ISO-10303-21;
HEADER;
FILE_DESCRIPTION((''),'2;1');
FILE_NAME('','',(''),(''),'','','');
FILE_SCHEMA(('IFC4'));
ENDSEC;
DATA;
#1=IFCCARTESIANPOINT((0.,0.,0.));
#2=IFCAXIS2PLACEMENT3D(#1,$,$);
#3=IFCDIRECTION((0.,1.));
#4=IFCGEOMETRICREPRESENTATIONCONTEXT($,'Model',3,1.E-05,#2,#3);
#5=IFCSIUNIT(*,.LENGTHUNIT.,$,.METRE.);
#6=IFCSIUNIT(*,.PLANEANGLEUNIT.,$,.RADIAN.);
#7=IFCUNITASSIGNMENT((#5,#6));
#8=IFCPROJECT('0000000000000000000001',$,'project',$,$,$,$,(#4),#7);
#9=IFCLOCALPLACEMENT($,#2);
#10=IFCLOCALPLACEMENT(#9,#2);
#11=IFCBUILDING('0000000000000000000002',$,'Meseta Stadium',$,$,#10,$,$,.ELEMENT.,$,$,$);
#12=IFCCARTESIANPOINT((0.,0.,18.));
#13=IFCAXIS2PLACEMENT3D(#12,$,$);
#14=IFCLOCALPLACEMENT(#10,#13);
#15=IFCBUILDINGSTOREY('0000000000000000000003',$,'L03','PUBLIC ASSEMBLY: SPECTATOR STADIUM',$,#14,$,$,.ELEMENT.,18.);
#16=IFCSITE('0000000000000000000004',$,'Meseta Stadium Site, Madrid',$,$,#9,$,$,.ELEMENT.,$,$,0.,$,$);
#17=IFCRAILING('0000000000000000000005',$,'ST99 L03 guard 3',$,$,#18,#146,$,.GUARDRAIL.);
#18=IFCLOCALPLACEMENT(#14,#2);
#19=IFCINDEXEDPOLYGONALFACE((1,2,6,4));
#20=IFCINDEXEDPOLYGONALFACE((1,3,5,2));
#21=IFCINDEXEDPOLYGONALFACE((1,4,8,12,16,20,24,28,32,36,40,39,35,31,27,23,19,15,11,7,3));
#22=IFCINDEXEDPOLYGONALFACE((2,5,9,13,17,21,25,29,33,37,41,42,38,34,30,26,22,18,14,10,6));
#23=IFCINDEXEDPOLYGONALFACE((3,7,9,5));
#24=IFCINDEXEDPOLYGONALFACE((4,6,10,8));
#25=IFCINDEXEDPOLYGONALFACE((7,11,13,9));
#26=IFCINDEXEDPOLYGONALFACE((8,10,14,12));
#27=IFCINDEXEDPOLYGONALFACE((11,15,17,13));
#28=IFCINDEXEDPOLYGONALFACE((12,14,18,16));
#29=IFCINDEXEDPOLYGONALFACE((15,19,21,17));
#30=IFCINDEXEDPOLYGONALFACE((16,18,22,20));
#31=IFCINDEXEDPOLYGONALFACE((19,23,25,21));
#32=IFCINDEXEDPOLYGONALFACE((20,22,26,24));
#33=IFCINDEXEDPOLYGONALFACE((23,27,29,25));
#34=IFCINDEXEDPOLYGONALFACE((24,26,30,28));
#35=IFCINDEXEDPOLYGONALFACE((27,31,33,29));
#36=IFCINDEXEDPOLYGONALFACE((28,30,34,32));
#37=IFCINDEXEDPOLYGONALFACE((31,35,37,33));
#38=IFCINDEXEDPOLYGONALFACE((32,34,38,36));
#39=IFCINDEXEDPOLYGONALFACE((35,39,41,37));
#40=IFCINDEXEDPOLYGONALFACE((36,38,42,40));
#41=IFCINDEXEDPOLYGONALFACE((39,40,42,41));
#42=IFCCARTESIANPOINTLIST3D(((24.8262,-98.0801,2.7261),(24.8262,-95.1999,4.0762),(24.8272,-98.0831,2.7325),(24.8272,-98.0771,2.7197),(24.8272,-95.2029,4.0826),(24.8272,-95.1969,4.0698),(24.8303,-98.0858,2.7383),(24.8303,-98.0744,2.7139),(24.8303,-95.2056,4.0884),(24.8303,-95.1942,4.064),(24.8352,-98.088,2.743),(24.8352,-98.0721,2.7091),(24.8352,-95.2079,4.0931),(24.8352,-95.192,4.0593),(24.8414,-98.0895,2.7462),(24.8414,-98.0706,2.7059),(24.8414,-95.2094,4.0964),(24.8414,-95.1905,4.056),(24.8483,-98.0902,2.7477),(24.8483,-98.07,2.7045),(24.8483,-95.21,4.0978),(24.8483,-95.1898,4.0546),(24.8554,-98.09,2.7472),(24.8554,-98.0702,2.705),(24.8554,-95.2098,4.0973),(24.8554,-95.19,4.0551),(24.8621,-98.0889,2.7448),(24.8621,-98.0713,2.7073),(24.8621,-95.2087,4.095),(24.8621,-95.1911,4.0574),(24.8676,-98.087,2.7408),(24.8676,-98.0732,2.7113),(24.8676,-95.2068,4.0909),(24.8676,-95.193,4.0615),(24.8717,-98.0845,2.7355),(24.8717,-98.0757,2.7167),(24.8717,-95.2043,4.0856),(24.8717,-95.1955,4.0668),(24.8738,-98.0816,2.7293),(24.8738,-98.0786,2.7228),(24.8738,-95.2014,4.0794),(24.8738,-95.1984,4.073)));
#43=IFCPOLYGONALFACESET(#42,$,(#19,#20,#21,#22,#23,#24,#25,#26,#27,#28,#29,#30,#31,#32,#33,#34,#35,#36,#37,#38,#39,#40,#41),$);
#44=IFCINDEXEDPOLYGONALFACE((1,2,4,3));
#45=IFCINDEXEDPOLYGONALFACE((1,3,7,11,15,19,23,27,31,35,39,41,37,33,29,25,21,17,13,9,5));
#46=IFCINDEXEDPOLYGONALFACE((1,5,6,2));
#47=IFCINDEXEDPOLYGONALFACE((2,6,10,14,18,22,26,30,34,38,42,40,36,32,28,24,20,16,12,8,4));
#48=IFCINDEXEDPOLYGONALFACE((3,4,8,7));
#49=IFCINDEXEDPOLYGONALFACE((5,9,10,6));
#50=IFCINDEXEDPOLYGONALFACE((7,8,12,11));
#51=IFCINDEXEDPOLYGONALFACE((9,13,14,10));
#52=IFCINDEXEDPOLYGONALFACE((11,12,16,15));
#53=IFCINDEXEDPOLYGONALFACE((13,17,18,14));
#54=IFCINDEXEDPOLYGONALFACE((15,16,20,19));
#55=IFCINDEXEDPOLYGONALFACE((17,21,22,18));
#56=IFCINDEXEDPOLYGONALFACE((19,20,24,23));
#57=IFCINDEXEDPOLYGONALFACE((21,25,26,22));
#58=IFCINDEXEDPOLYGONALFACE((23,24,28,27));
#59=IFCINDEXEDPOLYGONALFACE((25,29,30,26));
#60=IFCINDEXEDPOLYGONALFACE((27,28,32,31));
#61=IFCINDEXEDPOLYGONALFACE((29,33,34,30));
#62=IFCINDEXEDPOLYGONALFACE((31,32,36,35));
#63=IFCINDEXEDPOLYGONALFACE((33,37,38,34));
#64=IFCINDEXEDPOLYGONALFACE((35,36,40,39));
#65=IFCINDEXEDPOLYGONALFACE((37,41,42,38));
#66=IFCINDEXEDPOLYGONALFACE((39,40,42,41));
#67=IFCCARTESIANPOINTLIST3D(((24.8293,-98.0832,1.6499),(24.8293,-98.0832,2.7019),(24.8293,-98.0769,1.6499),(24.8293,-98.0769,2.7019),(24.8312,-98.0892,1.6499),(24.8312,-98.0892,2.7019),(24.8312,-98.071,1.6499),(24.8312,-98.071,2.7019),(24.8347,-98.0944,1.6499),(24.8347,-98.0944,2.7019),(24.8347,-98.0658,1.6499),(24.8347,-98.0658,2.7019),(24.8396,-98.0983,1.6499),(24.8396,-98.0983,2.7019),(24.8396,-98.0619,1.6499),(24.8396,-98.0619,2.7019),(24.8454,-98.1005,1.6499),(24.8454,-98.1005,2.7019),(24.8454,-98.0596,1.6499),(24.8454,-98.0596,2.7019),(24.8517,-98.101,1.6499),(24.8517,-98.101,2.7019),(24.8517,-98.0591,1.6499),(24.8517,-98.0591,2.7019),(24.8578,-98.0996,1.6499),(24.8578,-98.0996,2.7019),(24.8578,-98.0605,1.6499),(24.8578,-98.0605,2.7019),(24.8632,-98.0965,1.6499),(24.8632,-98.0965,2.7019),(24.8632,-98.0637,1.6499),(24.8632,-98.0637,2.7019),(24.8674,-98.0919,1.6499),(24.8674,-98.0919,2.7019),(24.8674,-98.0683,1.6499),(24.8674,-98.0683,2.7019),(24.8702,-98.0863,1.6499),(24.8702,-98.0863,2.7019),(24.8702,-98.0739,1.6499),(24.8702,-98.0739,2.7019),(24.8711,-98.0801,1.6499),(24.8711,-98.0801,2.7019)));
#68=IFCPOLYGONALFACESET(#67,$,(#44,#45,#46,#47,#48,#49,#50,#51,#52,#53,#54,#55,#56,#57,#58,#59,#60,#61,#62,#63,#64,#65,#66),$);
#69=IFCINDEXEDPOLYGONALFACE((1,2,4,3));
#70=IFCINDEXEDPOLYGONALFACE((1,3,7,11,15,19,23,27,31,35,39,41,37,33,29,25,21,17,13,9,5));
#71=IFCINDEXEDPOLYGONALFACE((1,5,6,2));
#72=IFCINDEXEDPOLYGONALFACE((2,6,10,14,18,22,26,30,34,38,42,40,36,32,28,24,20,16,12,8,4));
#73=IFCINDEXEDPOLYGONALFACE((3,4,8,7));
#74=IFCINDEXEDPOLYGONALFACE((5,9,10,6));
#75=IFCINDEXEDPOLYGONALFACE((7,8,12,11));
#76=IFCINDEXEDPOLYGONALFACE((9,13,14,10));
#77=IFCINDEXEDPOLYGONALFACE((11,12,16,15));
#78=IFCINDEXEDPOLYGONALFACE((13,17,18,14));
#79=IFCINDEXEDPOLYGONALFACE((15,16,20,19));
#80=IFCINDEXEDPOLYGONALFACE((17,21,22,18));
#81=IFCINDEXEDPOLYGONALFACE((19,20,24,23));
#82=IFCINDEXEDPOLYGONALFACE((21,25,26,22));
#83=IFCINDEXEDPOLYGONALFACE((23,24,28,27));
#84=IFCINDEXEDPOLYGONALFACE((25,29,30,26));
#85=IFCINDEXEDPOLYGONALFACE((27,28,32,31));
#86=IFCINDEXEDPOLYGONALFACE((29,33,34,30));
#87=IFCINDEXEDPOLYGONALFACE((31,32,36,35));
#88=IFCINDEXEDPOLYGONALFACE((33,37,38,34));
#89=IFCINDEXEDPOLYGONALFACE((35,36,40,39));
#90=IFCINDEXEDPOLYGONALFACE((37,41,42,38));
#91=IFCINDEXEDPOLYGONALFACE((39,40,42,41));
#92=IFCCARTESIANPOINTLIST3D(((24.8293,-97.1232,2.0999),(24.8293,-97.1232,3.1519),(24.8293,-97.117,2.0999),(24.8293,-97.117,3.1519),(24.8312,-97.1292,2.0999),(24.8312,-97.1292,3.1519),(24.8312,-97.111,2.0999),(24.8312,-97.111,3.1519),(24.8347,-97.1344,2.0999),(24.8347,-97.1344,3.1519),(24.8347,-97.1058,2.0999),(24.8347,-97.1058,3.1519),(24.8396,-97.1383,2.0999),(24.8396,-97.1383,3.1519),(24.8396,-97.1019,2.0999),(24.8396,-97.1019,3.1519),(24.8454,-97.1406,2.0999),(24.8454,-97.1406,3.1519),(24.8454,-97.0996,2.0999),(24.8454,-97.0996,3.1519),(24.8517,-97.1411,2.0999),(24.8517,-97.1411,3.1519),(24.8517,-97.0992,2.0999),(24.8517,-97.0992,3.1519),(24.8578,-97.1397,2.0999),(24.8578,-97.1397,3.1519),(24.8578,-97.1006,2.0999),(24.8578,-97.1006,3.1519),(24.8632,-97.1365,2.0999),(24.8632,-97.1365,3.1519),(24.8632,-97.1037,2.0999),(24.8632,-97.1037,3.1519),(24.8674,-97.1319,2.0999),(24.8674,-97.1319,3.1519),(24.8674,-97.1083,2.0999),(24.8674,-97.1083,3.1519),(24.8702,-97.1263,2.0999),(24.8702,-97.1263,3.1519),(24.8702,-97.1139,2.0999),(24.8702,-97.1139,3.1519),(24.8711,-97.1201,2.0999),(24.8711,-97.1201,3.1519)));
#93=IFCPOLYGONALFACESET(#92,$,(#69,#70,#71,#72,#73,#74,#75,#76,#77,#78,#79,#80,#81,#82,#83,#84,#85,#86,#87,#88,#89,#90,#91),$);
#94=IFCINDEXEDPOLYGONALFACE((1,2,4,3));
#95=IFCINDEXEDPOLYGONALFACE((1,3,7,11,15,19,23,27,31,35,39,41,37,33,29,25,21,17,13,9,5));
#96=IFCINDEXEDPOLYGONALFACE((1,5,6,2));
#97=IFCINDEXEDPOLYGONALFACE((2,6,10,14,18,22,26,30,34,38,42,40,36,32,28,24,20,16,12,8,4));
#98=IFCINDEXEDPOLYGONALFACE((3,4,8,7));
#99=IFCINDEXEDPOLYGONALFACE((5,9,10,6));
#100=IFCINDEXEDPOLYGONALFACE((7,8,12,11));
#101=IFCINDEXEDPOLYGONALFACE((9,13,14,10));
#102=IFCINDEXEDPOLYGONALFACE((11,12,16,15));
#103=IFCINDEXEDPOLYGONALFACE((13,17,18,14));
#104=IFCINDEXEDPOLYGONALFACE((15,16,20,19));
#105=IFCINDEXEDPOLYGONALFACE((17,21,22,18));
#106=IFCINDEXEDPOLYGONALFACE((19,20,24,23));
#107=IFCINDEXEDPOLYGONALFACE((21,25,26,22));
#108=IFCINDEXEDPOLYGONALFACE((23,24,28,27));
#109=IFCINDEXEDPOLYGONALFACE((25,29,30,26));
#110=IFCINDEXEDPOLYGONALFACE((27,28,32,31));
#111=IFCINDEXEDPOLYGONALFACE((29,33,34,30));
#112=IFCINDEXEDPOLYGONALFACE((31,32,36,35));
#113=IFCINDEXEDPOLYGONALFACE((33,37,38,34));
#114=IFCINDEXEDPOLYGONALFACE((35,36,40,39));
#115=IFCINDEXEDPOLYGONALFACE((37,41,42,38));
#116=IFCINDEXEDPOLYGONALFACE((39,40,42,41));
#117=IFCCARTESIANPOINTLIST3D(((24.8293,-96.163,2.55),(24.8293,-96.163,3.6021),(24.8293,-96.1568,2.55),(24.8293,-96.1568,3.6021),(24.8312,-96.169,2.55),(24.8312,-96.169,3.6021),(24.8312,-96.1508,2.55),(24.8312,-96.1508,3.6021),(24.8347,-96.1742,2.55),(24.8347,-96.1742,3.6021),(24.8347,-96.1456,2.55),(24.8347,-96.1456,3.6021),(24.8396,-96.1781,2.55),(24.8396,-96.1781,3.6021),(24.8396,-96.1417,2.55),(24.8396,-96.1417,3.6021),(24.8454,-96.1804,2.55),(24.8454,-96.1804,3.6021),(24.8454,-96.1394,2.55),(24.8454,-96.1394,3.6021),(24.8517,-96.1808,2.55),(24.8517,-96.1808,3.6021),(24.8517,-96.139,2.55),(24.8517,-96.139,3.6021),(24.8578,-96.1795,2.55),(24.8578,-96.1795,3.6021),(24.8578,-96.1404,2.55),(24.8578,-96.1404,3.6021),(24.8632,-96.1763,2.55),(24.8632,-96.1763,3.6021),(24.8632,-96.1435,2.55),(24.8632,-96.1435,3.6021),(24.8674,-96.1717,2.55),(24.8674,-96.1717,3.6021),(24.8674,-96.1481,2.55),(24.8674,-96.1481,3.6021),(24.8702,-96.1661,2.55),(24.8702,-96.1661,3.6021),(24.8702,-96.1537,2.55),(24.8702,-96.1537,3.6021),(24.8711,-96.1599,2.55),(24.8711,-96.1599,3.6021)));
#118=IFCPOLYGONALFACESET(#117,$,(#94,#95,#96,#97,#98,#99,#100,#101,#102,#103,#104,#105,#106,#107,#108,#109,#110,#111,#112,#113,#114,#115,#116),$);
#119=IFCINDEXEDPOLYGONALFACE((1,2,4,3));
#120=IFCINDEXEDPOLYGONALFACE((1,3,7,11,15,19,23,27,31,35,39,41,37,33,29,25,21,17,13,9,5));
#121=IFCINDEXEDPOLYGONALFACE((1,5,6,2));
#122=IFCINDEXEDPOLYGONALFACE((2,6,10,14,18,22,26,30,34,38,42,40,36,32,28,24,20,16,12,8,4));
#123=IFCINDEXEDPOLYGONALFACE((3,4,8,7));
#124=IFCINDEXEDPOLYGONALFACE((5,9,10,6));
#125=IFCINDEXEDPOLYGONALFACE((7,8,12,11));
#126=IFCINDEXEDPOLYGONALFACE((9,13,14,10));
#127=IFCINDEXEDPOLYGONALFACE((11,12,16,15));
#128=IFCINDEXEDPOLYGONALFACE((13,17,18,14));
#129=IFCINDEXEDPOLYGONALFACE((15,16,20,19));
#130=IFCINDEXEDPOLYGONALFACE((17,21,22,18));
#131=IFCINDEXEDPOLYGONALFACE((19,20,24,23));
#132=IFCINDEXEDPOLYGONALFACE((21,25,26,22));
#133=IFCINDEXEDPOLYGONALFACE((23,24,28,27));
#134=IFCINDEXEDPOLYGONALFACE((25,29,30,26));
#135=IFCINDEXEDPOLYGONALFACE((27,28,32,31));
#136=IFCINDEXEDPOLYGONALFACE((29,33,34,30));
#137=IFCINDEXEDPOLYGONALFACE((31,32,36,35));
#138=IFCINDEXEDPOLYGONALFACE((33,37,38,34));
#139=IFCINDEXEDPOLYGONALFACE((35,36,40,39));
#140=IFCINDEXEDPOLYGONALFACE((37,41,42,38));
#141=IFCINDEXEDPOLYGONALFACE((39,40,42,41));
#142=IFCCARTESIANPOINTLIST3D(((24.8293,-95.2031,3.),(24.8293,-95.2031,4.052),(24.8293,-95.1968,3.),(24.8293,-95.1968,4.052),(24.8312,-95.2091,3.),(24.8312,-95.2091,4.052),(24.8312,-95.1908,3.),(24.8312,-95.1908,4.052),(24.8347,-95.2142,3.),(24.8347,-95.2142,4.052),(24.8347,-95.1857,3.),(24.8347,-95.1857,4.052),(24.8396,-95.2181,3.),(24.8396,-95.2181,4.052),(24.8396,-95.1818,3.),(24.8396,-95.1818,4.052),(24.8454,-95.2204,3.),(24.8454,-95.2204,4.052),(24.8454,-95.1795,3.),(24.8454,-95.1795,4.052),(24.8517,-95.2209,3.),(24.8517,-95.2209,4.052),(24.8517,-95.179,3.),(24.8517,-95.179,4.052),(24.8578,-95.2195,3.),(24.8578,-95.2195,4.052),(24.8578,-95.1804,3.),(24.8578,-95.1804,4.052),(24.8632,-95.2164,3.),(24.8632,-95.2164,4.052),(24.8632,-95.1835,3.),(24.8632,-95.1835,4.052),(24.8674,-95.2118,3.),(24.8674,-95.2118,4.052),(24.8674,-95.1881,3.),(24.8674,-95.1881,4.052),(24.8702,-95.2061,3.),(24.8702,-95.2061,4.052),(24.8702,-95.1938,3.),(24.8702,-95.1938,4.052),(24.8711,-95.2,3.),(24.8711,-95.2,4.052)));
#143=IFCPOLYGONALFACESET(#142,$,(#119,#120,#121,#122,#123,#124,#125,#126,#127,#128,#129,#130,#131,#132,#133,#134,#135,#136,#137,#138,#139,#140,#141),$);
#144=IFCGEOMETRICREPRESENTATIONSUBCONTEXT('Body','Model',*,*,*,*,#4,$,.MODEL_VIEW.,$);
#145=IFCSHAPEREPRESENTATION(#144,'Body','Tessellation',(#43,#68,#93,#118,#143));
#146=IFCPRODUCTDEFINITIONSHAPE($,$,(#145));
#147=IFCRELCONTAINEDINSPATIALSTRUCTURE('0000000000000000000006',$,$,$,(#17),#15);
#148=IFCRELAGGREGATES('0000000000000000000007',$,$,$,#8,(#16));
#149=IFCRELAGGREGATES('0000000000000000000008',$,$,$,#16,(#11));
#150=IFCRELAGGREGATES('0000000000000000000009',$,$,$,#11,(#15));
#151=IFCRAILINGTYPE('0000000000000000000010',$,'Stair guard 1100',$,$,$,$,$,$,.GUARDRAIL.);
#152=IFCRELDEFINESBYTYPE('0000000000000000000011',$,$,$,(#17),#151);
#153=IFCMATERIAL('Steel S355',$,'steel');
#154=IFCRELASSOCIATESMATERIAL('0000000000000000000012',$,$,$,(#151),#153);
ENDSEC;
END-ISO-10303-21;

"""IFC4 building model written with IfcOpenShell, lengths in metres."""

from ifc_helpers import new_model, si_unit, direction, frame, origin, origin_2d, place, context, subcontext, project, spatial, circle, extrude, material, type_object, element, save


model = new_model("IFC4")

# Units and contexts
model_context = context("Model", 3, precision=1e-05, world=origin(), true_north=direction((0.0, 1.0)))
body_context = subcontext(model_context, "Body", "Model", "MODEL_VIEW")
ifc_project = project(units=[si_unit("LENGTHUNIT", "METRE"), si_unit("PLANEANGLEUNIT", "RADIAN")], contexts=[model_context])

# Site, building, storey
site_placement = place(None, origin())
site = spatial("IfcSite", under=ifc_project, at=site_placement, Name="Meseta Stadium Site, Madrid", CompositionType="ELEMENT", RefElevation=0.0)
building_placement = place(site_placement, origin())
building = spatial("IfcBuilding", under=site, at=building_placement, Name="Meseta Stadium", CompositionType="ELEMENT")
storey_placement = place(building_placement, frame((0.0, 0.0, 18.0)))
storey = spatial("IfcBuildingStorey", under=building, at=storey_placement, Name="L03", Description="PUBLIC ASSEMBLY: SPECTATOR STADIUM", CompositionType="ELEMENT", Elevation=18.0)

# Railing
ifc_material_1 = material(Name="Steel S355", Category="steel")
railing_type_1 = type_object("IfcRailingType", Name="Stair guard 1100", PredefinedType="GUARDRAIL", material=ifc_material_1)
railing_1_placement = place(storey_placement, frame((24.8501, -98.0801, 1.6499)))
element("IfcRailing", 1, at=railing_1_placement, inside=storey, type_object=railing_type_1, Name="ST99 L03 guard 3", PredefinedType="GUARDRAIL", context=body_context, shape_type="SweptSolid", body=[
    extrude(circle(Radius=0.0239, at=origin_2d()), frame((0.0, 0.0, 1.0762), z_axis=(0.0, 0.905454, 0.424444), x_axis=(-1.0, 0.0, 0.0)), (0.0, 0.0, 1.0), 3.1809),
    extrude(circle(Radius=0.021, at=origin_2d()), origin(), (0.0, 0.0, 1.0), 1.052),
    extrude(circle(Radius=0.021, at=origin_2d()), frame((0.0, 0.96, 0.45)), (0.0, 0.0, 1.0), 1.052),
    extrude(circle(Radius=0.021, at=origin_2d()), frame((0.0, 1.9202, 0.9001)), (0.0, 0.0, 1.0), 1.052),
    extrude(circle(Radius=0.021, at=origin_2d()), frame((0.0, 2.8801, 1.3501)), (0.0, 0.0, 1.0), 1.052),
])

save(model, "model.ifc")
